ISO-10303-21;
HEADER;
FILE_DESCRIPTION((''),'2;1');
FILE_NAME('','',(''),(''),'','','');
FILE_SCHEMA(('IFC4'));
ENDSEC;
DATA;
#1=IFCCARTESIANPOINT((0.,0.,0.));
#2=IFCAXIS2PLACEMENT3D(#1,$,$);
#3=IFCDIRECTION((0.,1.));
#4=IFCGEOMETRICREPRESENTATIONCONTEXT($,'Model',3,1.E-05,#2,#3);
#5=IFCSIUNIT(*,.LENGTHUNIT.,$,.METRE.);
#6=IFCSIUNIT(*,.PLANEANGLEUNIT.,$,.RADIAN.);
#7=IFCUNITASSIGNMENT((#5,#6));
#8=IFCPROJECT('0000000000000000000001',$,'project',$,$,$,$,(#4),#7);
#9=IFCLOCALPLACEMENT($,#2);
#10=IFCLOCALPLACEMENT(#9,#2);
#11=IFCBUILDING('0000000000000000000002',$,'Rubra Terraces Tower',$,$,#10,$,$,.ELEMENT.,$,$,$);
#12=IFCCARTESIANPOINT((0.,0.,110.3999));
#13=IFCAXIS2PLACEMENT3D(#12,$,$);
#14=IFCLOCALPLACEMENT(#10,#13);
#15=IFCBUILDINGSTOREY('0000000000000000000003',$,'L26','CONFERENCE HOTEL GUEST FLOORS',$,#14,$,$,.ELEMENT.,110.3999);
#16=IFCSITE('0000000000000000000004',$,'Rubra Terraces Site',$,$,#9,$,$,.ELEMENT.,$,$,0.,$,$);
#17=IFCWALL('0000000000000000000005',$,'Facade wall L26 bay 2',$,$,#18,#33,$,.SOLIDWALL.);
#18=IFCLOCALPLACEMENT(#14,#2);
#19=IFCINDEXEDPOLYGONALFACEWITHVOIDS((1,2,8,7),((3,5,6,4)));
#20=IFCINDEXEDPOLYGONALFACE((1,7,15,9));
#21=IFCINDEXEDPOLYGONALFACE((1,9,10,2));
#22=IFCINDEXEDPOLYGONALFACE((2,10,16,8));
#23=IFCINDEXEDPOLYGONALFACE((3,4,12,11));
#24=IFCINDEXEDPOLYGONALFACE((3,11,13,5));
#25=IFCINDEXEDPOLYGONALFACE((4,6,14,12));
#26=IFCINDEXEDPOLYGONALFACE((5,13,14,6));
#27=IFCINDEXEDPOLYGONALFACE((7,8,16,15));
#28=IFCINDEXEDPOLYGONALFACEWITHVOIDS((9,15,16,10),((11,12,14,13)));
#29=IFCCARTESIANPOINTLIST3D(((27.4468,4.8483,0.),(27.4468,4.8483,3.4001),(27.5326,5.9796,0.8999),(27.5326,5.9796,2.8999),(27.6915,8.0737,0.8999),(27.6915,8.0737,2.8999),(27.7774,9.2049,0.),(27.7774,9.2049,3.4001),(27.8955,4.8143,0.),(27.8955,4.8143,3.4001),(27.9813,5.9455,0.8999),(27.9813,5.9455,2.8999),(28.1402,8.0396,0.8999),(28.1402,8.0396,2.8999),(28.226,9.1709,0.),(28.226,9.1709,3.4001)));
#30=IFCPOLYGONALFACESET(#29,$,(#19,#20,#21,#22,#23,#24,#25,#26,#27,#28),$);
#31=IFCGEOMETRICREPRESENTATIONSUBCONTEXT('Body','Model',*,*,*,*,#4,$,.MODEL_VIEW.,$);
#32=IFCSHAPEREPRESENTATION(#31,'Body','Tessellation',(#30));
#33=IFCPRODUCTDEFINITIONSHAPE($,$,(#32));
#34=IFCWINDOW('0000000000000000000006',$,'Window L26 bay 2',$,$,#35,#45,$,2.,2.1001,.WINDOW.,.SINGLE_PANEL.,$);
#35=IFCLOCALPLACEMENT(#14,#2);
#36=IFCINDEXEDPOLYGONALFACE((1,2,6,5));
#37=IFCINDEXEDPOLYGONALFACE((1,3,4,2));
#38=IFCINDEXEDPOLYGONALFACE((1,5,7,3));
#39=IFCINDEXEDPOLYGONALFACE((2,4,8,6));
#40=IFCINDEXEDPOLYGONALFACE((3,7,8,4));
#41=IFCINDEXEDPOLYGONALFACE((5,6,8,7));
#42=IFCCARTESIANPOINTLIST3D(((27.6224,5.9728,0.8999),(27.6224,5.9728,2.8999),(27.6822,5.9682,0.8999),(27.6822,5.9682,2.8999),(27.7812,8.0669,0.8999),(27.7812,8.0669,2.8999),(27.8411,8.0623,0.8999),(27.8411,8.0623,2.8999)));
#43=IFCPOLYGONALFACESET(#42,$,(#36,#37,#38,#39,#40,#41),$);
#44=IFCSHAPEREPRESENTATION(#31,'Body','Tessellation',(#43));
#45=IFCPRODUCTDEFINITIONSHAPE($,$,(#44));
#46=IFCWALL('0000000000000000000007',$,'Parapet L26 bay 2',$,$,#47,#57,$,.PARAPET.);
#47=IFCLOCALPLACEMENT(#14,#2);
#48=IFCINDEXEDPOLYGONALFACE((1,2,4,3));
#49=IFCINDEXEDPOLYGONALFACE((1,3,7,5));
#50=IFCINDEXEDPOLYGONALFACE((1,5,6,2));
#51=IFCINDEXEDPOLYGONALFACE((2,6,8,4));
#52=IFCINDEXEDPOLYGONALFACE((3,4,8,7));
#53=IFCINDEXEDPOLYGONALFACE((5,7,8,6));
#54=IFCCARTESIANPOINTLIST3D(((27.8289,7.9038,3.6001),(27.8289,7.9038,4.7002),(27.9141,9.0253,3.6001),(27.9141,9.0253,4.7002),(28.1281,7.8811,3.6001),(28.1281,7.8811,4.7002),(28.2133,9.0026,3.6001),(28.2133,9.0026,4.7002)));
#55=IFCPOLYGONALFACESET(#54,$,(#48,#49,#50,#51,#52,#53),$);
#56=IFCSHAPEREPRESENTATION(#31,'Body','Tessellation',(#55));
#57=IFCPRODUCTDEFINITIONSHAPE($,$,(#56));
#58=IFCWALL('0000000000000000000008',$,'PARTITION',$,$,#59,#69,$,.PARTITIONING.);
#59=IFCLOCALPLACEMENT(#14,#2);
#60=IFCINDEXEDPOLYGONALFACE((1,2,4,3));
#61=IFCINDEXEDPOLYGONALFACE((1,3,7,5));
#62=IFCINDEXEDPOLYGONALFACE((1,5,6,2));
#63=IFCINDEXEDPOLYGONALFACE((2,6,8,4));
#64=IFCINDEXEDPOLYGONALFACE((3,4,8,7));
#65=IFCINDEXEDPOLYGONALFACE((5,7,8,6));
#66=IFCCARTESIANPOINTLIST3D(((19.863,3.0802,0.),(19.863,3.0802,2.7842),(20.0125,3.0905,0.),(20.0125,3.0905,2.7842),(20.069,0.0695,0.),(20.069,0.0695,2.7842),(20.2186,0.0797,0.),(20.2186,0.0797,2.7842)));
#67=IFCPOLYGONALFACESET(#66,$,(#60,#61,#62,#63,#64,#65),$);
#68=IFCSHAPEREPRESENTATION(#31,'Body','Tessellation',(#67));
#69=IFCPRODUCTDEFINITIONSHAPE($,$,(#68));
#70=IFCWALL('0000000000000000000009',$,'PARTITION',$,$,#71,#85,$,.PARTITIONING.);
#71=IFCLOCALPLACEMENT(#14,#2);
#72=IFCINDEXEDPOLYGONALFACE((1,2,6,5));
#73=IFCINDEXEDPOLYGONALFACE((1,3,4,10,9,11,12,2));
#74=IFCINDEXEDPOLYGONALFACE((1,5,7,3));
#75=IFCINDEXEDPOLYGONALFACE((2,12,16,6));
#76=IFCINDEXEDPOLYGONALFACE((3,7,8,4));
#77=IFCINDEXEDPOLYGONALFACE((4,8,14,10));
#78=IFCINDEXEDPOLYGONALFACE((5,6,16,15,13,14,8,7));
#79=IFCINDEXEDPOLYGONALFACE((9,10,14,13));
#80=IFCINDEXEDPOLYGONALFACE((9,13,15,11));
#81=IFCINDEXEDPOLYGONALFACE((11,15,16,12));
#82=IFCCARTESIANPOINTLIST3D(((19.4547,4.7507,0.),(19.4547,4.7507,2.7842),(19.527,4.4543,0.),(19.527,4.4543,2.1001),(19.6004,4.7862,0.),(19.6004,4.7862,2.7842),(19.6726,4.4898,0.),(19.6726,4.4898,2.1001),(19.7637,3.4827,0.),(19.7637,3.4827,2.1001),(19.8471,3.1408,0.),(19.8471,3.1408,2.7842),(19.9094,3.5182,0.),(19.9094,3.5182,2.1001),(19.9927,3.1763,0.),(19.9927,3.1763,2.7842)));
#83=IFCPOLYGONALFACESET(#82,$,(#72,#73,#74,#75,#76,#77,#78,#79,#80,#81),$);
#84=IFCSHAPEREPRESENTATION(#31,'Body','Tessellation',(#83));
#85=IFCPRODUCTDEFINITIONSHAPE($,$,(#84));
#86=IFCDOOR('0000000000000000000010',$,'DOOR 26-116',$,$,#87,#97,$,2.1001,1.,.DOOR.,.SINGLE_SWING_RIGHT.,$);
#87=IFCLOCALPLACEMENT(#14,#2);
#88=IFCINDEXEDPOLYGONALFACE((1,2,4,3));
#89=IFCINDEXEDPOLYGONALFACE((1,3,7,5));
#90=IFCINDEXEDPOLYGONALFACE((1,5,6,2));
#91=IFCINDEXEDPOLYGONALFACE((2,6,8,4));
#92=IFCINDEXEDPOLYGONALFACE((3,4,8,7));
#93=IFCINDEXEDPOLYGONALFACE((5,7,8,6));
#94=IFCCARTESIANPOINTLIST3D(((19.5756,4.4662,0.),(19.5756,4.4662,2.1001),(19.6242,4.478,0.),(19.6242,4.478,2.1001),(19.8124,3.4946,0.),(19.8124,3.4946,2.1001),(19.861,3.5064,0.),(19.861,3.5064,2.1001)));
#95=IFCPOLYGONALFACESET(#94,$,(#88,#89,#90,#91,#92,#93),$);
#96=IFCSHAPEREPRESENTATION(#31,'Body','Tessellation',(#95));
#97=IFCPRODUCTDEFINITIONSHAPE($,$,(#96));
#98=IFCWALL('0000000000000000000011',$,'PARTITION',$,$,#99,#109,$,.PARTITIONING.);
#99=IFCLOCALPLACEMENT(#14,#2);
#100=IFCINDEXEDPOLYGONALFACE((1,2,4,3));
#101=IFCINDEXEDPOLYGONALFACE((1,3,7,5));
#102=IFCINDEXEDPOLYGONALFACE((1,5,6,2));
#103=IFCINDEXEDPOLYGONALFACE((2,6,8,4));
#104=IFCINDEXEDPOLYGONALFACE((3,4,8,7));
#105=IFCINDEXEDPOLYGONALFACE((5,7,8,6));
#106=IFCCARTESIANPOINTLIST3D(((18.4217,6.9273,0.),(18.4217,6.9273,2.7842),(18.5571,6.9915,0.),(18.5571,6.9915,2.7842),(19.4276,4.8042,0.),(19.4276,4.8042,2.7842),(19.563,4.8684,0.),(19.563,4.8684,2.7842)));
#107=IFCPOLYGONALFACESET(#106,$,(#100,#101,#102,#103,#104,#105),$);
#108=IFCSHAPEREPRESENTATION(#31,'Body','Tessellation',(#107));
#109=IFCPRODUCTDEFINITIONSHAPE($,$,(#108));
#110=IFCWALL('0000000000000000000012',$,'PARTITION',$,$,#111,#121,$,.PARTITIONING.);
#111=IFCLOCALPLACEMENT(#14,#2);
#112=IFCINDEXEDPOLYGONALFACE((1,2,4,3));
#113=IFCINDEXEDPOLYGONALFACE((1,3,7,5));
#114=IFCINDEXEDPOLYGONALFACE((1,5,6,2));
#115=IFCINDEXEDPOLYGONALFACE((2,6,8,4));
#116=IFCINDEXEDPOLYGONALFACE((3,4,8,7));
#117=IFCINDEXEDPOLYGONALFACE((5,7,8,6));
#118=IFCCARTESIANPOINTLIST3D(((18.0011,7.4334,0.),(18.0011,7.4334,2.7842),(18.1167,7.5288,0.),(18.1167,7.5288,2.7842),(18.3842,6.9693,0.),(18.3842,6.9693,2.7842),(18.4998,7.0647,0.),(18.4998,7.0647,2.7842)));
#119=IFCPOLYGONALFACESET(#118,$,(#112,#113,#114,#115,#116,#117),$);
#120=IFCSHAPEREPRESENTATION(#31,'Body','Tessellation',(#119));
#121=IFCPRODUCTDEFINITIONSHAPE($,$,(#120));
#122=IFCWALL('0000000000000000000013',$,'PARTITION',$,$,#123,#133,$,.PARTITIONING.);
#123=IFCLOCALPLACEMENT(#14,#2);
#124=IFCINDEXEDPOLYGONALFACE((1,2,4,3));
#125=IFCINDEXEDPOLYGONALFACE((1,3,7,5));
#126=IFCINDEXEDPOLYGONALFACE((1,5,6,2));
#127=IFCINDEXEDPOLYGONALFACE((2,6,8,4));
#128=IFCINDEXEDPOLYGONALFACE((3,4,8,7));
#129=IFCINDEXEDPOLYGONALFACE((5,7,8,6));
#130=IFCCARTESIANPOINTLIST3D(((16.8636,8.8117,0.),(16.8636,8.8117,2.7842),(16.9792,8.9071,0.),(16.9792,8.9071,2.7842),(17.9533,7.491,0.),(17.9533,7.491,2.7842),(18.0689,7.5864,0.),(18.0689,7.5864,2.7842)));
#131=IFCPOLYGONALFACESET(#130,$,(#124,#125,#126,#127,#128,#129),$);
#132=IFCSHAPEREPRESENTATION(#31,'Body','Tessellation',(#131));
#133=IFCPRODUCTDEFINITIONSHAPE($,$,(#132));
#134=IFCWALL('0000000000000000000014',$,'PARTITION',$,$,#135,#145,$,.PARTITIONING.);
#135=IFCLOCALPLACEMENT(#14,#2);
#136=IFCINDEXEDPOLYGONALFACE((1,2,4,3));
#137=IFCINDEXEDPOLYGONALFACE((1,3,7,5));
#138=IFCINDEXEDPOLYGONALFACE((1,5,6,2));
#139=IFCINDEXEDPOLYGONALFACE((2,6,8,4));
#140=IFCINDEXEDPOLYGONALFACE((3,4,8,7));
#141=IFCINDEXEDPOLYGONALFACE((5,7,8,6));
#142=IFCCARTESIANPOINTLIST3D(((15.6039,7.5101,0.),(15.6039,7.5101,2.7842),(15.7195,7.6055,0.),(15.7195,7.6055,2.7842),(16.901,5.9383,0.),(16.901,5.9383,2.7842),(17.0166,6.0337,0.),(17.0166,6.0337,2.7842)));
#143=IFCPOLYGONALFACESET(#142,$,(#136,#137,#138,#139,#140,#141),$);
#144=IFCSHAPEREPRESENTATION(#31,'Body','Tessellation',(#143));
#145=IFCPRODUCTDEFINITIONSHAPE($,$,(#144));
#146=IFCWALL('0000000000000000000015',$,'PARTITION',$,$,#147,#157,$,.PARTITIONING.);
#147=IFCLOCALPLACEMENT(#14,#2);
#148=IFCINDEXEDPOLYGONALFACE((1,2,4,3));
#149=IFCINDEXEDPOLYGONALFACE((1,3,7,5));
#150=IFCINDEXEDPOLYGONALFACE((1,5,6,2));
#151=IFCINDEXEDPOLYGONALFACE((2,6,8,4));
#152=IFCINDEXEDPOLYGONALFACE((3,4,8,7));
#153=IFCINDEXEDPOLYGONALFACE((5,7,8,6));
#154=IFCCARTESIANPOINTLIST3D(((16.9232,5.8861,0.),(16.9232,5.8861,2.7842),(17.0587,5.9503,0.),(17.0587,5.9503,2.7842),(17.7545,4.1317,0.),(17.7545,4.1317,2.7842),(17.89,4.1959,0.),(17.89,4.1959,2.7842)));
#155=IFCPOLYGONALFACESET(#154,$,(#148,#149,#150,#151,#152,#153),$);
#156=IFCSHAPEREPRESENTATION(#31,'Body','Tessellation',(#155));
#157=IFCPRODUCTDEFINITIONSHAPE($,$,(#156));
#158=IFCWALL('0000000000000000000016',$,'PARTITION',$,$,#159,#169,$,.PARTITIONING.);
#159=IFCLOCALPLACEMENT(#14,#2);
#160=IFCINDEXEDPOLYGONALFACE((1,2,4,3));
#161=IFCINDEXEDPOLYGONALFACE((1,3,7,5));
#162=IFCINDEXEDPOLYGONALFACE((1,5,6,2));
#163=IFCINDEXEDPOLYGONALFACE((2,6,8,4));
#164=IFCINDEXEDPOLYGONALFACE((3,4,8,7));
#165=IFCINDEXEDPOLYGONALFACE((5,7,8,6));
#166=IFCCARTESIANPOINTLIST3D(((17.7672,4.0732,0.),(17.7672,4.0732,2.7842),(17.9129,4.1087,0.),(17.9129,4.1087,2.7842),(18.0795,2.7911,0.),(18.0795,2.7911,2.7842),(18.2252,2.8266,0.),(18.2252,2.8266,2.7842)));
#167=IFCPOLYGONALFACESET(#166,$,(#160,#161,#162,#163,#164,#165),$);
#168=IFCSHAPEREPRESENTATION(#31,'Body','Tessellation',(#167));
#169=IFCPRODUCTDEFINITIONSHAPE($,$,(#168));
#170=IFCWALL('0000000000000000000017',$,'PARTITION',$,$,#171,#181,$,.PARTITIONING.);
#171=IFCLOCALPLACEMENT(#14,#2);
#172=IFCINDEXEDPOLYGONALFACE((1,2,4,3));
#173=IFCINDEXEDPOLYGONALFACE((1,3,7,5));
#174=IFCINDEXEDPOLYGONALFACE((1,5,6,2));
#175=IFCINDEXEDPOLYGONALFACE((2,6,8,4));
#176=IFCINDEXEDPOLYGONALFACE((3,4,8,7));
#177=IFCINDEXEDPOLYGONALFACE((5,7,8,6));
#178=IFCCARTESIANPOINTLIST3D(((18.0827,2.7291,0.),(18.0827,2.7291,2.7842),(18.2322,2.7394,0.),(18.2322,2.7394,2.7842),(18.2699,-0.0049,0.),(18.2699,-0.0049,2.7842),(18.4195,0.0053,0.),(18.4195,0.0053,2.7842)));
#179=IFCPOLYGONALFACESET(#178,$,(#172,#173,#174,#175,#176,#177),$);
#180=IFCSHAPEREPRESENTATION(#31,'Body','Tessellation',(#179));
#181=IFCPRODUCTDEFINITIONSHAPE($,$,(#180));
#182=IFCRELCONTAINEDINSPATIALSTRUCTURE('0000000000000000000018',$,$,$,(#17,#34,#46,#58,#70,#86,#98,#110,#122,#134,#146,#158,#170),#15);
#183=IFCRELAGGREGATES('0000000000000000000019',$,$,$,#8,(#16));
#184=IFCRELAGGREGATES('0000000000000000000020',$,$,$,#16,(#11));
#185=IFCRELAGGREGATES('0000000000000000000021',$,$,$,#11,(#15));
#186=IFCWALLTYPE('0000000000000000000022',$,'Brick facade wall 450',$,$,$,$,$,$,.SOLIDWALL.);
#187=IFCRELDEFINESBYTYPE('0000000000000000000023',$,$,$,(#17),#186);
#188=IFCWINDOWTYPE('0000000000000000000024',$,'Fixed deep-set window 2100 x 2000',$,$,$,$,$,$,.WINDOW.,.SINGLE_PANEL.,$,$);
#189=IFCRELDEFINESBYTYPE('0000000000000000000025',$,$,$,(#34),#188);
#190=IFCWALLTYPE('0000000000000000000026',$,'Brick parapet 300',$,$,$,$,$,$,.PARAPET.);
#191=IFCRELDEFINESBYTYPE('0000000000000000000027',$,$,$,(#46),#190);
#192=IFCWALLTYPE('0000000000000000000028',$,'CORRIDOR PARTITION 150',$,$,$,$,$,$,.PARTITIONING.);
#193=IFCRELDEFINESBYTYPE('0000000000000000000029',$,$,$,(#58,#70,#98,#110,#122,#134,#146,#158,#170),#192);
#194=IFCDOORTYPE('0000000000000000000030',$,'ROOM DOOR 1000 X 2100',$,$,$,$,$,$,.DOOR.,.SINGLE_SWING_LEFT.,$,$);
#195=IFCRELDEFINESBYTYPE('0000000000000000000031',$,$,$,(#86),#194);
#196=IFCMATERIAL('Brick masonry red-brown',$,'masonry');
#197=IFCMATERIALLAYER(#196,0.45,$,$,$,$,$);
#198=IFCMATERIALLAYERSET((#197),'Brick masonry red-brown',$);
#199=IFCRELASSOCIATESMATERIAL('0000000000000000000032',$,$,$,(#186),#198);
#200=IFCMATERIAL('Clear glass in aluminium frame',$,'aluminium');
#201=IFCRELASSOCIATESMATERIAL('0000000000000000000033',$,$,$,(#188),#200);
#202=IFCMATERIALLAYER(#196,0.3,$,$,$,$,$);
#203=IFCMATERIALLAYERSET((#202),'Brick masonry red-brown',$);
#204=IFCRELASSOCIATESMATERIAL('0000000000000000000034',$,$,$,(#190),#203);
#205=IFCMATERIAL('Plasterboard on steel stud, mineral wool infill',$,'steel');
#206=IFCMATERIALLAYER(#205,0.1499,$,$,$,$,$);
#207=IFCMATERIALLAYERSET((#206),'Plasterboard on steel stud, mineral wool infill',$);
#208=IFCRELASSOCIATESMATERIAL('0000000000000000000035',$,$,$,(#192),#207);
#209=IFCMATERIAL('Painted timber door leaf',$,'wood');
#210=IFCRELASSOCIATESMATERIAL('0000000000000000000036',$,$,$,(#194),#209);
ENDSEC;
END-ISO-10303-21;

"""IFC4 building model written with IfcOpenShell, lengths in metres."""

from ifc_helpers import new_model, si_unit, direction, frame, frame_2d, origin, place, context, subcontext, project, spatial, rectangle, extrude, material, layer, layer_set, type_object, element, fill, save


model = new_model("IFC4")

# Units and contexts
model_context = context("Model", 3, precision=1e-05, world=origin(), true_north=direction((0.0, 1.0)))
body_context = subcontext(model_context, "Body", "Model", "MODEL_VIEW")
ifc_project = project(units=[si_unit("LENGTHUNIT", "METRE"), si_unit("PLANEANGLEUNIT", "RADIAN")], contexts=[model_context])

# Site, building, storey
site_placement = place(None, origin())
site = spatial("IfcSite", under=ifc_project, at=site_placement, Name="Rubra Terraces Site", CompositionType="ELEMENT", RefElevation=0.0)
building_placement = place(site_placement, origin())
building = spatial("IfcBuilding", under=site, at=building_placement, Name="Rubra Terraces Tower", CompositionType="ELEMENT")
storey_placement = place(building_placement, frame((0.0, 0.0, 110.3999)))
storey = spatial("IfcBuildingStorey", under=building, at=storey_placement, Name="L26", Description="CONFERENCE HOTEL GUEST FLOORS", CompositionType="ELEMENT", Elevation=110.3999)

# Wall, opening, window
ifc_material_1 = material(Name="Brick masonry red-brown", Category="masonry")
ifc_layer_1 = layer(ifc_material_1, 0.45)
ifc_layer_set_1 = layer_set([ifc_layer_1], Name="Brick masonry red-brown")
wall_type_1 = type_object("IfcWallType", Name="Brick facade wall 450", PredefinedType="SOLIDWALL", material=ifc_layer_set_1)
wall_1_placement = place(storey_placement, frame((27.6711, 4.8313, 0.0), z_axis=(0.0, 0.0, 1.0), x_axis=(0.075658, 0.997134, 0.0)))
wall_1 = element("IfcWall", 1, at=wall_1_placement, inside=storey, type_object=wall_type_1, Name="Facade wall L26 bay 2", PredefinedType="SOLIDWALL", context=body_context, shape_type="SweptSolid", body=[
    extrude(rectangle(XDim=4.3691, YDim=0.45, at=frame_2d((2.1846, 0.0))), origin(), (0.0, 0.0, 1.0), 3.4001),
])
opening_1_placement = place(wall_1_placement, frame((1.1345, 0.0, 0.8999)))
opening_1 = element("IfcOpeningElement", 2, at=opening_1_placement, cuts=wall_1, PredefinedType="OPENING", context=body_context, shape_type="SweptSolid", body=[
    extrude(rectangle(XDim=2.1001, YDim=2.0, at=frame_2d((1.05, 1.0))), frame((0.0, 0.2349, 0.0), z_axis=(0.0, -1.0, 0.0), x_axis=(1.0, 0.0, 0.0)), (0.0, 0.0, 1.0), 0.47),
])
ifc_material_2 = material(Name="Clear glass in aluminium frame", Category="aluminium")
window_type = type_object("IfcWindowType", Name="Fixed deep-set window 2100 x 2000", PartitioningType="SINGLE_PANEL", PredefinedType="WINDOW", material=ifc_material_2)
window_placement = place(opening_1_placement, origin())
window = element("IfcWindow", 3, at=window_placement, inside=storey, type_object=window_type, Name="Window L26 bay 2", OverallHeight=2.0, OverallWidth=2.1001, PartitioningType="SINGLE_PANEL", PredefinedType="WINDOW", context=body_context, shape_type="SweptSolid", body=[
    extrude(rectangle(XDim=2.1001, YDim=2.0, at=frame_2d((1.05, 1.0))), frame((0.0, 0.135, 0.0), z_axis=(0.0, -1.0, 0.0), x_axis=(1.0, 0.0, 0.0)), (0.0, 0.0, 1.0), 0.0601),
])
fill(opening_1, window)

# Walls
ifc_layer_2 = layer(ifc_material_1, 0.3)
ifc_layer_set_2 = layer_set([ifc_layer_2], Name="Brick masonry red-brown")
wall_type_2 = type_object("IfcWallType", Name="Brick parapet 300", PredefinedType="PARAPET", material=ifc_layer_set_2)
wall_2_placement = place(storey_placement, frame((27.9785, 7.8923, 3.6001), z_axis=(0.0, 0.0, 1.0), x_axis=(0.07575, 0.997127, 0.0)))
element("IfcWall", 4, at=wall_2_placement, inside=storey, type_object=wall_type_2, Name="Parapet L26 bay 2", PredefinedType="PARAPET", context=body_context, shape_type="SweptSolid", body=[
    extrude(rectangle(XDim=1.1248, YDim=0.3, at=frame_2d((0.5625, 0.0))), origin(), (0.0, 0.0, 1.0), 1.1001),
])
ifc_material_3 = material(Name="Plasterboard on steel stud, mineral wool infill", Category="steel")
ifc_layer_3 = layer(ifc_material_3, 0.1499)
ifc_layer_set_3 = layer_set([ifc_layer_3], Name="Plasterboard on steel stud, mineral wool infill")
wall_type_3 = type_object("IfcWallType", Name="CORRIDOR PARTITION 150", PredefinedType="PARTITIONING", material=ifc_layer_set_3)
wall_3_placement = place(storey_placement, frame((20.1438, 0.0747, 0.0), z_axis=(0.0, 0.0, 1.0), x_axis=(-0.06828, 0.997666, 0.0)))
element("IfcWall", 5, at=wall_3_placement, inside=storey, type_object=wall_type_3, Name="PARTITION", PredefinedType="PARTITIONING", context=body_context, shape_type="SweptSolid", body=[
    extrude(rectangle(XDim=3.0178, YDim=0.1499, at=frame_2d((1.5088, 0.0))), origin(), (0.0, 0.0, 1.0), 2.7842),
])

# Wall, opening, door
wall_4_placement = place(storey_placement, frame((19.9199, 3.1584, 0.0), z_axis=(0.0, 0.0, 1.0), x_axis=(-0.236776, 0.971564, 0.0)))
wall_4 = element("IfcWall", 6, at=wall_4_placement, inside=storey, type_object=wall_type_3, Name="PARTITION", PredefinedType="PARTITIONING", context=body_context, shape_type="SweptSolid", body=[
    extrude(rectangle(XDim=1.657, YDim=0.1499, at=frame_2d((0.8286, 0.0))), origin(), (0.0, 0.0, 1.0), 2.7842),
])
opening_2_placement = place(wall_4_placement, frame((0.3521, 0.0, 0.0)))
opening_2 = element("IfcOpeningElement", 7, at=opening_2_placement, cuts=wall_4, PredefinedType="OPENING", context=body_context, shape_type="SweptSolid", body=[
    extrude(rectangle(XDim=1.0, YDim=2.1001, at=frame_2d((0.5, 1.05))), frame((0.0, 0.085, 0.0), z_axis=(0.0, -1.0, 0.0), x_axis=(1.0, 0.0, 0.0)), (0.0, 0.0, 1.0), 0.1699),
])
ifc_material_4 = material(Name="Painted timber door leaf", Category="wood")
door_type_1 = type_object("IfcDoorType", Name="ROOM DOOR 1000 X 2100", OperationType="SINGLE_SWING_LEFT", PredefinedType="DOOR", material=ifc_material_4)
door_1_placement = place(opening_2_placement, origin())
door_1 = element("IfcDoor", 8, at=door_1_placement, inside=storey, type_object=door_type_1, Name="DOOR 26-116", OperationType="SINGLE_SWING_RIGHT", OverallHeight=2.1001, OverallWidth=1.0, PredefinedType="DOOR", context=body_context, shape_type="SweptSolid", body=[
    extrude(rectangle(XDim=1.0, YDim=2.1001, at=frame_2d((0.5, 1.05))), frame((0.0, 0.0249, 0.0), z_axis=(0.0, -1.0, 0.0), x_axis=(1.0, 0.0, 0.0)), (0.0, 0.0, 1.0), 0.05),
])
fill(opening_2, door_1)

# Walls
wall_5_placement = place(storey_placement, frame((19.4954, 4.8362, 0.0), z_axis=(0.0, 0.0, 1.0), x_axis=(-0.428158, 0.903704, 0.0)))
element("IfcWall", 9, at=wall_5_placement, inside=storey, type_object=wall_type_3, Name="PARTITION", PredefinedType="PARTITIONING", context=body_context, shape_type="SweptSolid", body=[
    extrude(rectangle(XDim=2.3494, YDim=0.1499, at=frame_2d((1.1748, 0.0))), origin(), (0.0, 0.0, 1.0), 2.7842),
])
wall_6_placement = place(storey_placement, frame((18.4419, 7.0171, 0.0), z_axis=(0.0, 0.0, 1.0), x_axis=(-0.636546, 0.771239, 0.0)))
element("IfcWall", 10, at=wall_6_placement, inside=storey, type_object=wall_type_3, Name="PARTITION", PredefinedType="PARTITIONING", context=body_context, shape_type="SweptSolid", body=[
    extrude(rectangle(XDim=0.6018, YDim=0.1499, at=frame_2d((0.3008, 0.0))), origin(), (0.0, 0.0, 1.0), 2.7842),
])
wall_7_placement = place(storey_placement, frame((18.011, 7.5388, 0.0), z_axis=(0.0, 0.0, 1.0), x_axis=(-0.636432, 0.771333, 0.0)))
element("IfcWall", 11, at=wall_7_placement, inside=storey, type_object=wall_type_3, Name="PARTITION", PredefinedType="PARTITIONING", context=body_context, shape_type="SweptSolid", body=[
    extrude(rectangle(XDim=1.7122, YDim=0.1499, at=frame_2d((0.856, 0.0))), origin(), (0.0, 0.0, 1.0), 2.7842),
])
wall_8_placement = place(storey_placement, frame((15.6616, 7.5579, 0.0), z_axis=(0.0, 0.0, 1.0), x_axis=(0.636501, -0.771276, 0.0)))
element("IfcWall", 12, at=wall_8_placement, inside=storey, type_object=wall_type_3, Name="PARTITION", PredefinedType="PARTITIONING", context=body_context, shape_type="SweptSolid", body=[
    extrude(rectangle(XDim=2.0378, YDim=0.1499, at=frame_2d((1.019, 0.0))), origin(), (0.0, 0.0, 1.0), 2.7842),
])
wall_9_placement = place(storey_placement, frame((16.991, 5.9182, 0.0), z_axis=(0.0, 0.0, 1.0), x_axis=(0.4282, -0.903684, 0.0)))
element("IfcWall", 13, at=wall_9_placement, inside=storey, type_object=wall_type_3, Name="PARTITION", PredefinedType="PARTITIONING", context=body_context, shape_type="SweptSolid", body=[
    extrude(rectangle(XDim=1.9414, YDim=0.1499, at=frame_2d((0.9707, 0.0))), origin(), (0.0, 0.0, 1.0), 2.7842),
])
wall_10_placement = place(storey_placement, frame((17.8401, 4.0908, 0.0), z_axis=(0.0, 0.0, 1.0), x_axis=(0.236654, -0.971594, 0.0)))
element("IfcWall", 14, at=wall_10_placement, inside=storey, type_object=wall_type_3, Name="PARTITION", PredefinedType="PARTITIONING", context=body_context, shape_type="SweptSolid", body=[
    extrude(rectangle(XDim=1.3196, YDim=0.1499, at=frame_2d((0.6597, 0.0))), origin(), (0.0, 0.0, 1.0), 2.7842),
])
wall_11_placement = place(storey_placement, frame((18.1575, 2.7341, 0.0), z_axis=(0.0, 0.0, 1.0), x_axis=(0.068328, -0.997663, 0.0)))
element("IfcWall", 15, at=wall_11_placement, inside=storey, type_object=wall_type_3, Name="PARTITION", PredefinedType="PARTITIONING", context=body_context, shape_type="SweptSolid", body=[
    extrude(rectangle(XDim=2.7405, YDim=0.1499, at=frame_2d((1.3701, 0.0))), origin(), (0.0, 0.0, 1.0), 2.7842),
])

save(model, "model.ifc")
